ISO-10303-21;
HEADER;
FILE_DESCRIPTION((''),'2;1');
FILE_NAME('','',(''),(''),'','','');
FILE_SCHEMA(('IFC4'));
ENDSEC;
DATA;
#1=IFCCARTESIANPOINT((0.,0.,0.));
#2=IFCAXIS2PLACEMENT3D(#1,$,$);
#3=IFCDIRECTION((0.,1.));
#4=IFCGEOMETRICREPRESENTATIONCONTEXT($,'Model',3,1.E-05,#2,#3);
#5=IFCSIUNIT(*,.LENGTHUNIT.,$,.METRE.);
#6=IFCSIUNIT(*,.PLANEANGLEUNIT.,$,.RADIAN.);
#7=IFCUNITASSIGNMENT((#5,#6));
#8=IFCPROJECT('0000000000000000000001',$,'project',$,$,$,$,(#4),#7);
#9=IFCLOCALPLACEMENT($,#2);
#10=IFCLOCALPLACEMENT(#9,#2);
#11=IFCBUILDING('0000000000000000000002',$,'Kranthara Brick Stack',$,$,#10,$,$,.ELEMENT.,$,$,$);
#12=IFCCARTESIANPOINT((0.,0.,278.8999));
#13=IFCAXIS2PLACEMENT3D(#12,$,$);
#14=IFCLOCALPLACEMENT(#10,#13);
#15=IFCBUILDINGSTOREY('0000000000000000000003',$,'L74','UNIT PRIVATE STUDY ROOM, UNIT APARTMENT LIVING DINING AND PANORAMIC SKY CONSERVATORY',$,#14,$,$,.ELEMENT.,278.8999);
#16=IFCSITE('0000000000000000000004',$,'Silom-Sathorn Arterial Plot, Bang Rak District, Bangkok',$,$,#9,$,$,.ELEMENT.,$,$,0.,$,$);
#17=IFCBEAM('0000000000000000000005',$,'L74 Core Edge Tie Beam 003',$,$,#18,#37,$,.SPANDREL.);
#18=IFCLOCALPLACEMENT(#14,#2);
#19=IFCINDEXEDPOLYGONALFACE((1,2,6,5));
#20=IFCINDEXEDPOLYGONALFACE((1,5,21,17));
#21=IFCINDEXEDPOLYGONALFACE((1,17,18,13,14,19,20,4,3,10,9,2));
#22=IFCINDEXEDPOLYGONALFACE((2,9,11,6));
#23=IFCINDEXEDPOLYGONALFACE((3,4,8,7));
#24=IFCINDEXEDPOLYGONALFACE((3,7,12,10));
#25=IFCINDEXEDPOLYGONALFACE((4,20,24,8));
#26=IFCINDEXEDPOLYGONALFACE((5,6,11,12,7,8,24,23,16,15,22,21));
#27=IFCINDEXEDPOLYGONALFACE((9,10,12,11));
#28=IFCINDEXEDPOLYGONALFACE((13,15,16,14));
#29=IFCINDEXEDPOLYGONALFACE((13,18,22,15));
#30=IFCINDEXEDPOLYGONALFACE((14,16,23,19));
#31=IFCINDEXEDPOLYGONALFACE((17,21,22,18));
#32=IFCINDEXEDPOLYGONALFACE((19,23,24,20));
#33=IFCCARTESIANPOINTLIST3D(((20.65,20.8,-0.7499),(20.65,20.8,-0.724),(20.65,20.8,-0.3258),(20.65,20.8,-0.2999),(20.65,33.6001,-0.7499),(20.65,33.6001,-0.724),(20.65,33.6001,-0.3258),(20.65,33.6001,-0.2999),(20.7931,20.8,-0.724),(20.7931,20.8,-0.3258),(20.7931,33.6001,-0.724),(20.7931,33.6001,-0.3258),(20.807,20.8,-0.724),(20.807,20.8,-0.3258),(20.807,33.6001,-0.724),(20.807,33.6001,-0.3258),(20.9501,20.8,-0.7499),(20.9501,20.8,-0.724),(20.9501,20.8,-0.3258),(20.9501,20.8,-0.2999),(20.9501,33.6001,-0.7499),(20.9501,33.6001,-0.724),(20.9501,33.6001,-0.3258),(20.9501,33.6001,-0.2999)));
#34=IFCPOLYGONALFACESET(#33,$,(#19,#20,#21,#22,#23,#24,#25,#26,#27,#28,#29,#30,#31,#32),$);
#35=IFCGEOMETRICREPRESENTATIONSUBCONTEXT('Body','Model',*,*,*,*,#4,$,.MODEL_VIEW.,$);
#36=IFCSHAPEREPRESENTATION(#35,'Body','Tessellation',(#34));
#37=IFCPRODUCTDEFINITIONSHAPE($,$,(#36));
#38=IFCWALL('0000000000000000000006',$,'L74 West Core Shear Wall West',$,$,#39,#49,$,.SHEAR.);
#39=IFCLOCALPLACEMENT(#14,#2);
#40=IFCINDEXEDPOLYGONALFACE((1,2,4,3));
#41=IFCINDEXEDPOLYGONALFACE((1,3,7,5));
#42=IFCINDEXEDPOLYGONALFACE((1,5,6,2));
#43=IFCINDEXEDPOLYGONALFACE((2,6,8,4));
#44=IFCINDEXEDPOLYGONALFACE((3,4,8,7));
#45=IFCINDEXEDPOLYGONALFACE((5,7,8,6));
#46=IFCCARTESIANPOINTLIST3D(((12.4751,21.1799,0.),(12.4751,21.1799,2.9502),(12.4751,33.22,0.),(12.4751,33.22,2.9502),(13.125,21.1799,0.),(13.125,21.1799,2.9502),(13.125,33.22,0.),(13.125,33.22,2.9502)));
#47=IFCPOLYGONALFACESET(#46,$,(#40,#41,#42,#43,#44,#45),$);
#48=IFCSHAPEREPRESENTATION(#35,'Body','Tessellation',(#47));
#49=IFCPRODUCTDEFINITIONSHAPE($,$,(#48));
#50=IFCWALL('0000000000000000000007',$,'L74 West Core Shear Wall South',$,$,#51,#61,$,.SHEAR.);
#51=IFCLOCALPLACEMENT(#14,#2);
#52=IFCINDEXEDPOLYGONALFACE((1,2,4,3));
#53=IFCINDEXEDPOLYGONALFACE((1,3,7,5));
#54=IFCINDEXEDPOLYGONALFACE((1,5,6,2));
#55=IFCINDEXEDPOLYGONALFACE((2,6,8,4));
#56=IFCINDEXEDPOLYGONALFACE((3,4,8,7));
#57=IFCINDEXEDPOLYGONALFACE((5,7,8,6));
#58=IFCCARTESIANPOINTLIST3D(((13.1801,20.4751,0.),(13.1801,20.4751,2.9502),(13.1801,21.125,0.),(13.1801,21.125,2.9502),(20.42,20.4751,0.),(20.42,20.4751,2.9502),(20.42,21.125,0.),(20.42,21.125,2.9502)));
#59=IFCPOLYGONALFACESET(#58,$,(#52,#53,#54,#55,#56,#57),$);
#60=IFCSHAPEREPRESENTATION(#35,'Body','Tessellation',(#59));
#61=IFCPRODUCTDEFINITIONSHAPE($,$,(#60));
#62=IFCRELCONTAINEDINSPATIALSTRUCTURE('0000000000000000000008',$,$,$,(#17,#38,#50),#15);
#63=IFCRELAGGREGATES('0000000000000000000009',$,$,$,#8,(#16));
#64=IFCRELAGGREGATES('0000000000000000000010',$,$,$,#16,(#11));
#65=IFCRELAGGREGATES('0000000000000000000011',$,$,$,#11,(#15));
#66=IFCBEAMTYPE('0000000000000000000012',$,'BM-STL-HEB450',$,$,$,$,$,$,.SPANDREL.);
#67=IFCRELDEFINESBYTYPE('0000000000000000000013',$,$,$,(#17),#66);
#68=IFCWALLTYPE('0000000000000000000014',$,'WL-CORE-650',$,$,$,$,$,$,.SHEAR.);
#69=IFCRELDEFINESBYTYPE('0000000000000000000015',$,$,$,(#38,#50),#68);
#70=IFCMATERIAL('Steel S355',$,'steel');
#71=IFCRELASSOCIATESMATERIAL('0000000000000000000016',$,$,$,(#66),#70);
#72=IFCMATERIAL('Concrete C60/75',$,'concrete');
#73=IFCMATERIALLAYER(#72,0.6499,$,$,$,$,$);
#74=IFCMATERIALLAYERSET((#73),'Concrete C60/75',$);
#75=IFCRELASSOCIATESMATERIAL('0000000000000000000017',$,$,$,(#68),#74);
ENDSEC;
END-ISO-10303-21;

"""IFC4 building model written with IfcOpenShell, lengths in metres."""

from ifc_helpers import new_model, si_unit, direction, frame, frame_2d, origin, origin_2d, place, context, subcontext, project, spatial, rectangle, i_section, extrude, material, layer, layer_set, material_profile, profile_set, type_object, element, save


model = new_model("IFC4")

# Units and contexts
model_context = context("Model", 3, precision=1e-05, world=origin(), true_north=direction((0.0, 1.0)))
body_context = subcontext(model_context, "Body", "Model", "MODEL_VIEW")
ifc_project = project(units=[si_unit("LENGTHUNIT", "METRE"), si_unit("PLANEANGLEUNIT", "RADIAN")], contexts=[model_context])

# Site, building, storey
site_placement = place(None, origin())
site = spatial("IfcSite", under=ifc_project, at=site_placement, Name="Silom-Sathorn Arterial Plot, Bang Rak District, Bangkok", CompositionType="ELEMENT", RefElevation=0.0)
building_placement = place(site_placement, origin())
building = spatial("IfcBuilding", under=site, at=building_placement, Name="Kranthara Brick Stack", CompositionType="ELEMENT")
storey_placement = place(building_placement, frame((0.0, 0.0, 278.8999)))
storey = spatial("IfcBuildingStorey", under=building, at=storey_placement, Name="L74", Description="UNIT PRIVATE STUDY ROOM, UNIT APARTMENT LIVING DINING AND PANORAMIC SKY CONSERVATORY", CompositionType="ELEMENT", Elevation=278.8999)

# Beam
ifc_material_1 = material(Name="Steel S355", Category="steel")
ifc_material_profile_1 = material_profile(ifc_material_1, i_section(OverallWidth=0.3, OverallDepth=0.45, WebThickness=0.0139, FlangeThickness=0.0259, at=origin_2d()), Name="HEB 450")
ifc_profile_set_1 = profile_set([ifc_material_profile_1], Name="Steel S355")
beam_type_1 = type_object("IfcBeamType", Name="BM-STL-HEB450", PredefinedType="SPANDREL", material=ifc_profile_set_1)
beam_1_placement = place(storey_placement, frame((20.8, 20.8, -0.5249), z_axis=(0.0, 1.0, 0.0), x_axis=(-1.0, 0.0, 0.0)))
element("IfcBeam", 1, at=beam_1_placement, inside=storey, type_object=beam_type_1, Name="L74 Core Edge Tie Beam 003", PredefinedType="SPANDREL", context=body_context, shape_type="SweptSolid", body=[
    extrude(i_section(OverallWidth=0.3, OverallDepth=0.45, WebThickness=0.0139, FlangeThickness=0.0259, at=origin_2d()), origin(), (0.0, 0.0, 1.0), 12.8),
])

# Walls
ifc_material_2 = material(Name="Concrete C60/75", Category="concrete")
ifc_layer_1 = layer(ifc_material_2, 0.6499)
ifc_layer_set_1 = layer_set([ifc_layer_1], Name="Concrete C60/75")
wall_type_1 = type_object("IfcWallType", Name="WL-CORE-650", PredefinedType="SHEAR", material=ifc_layer_set_1)
wall_1_placement = place(storey_placement, frame((12.8, 21.1799, 0.0), z_axis=(0.0, 0.0, 1.0), x_axis=(0.0, 1.0, 0.0)))
element("IfcWall", 2, at=wall_1_placement, inside=storey, type_object=wall_type_1, Name="L74 West Core Shear Wall West", PredefinedType="SHEAR", context=body_context, shape_type="SweptSolid", body=[
    extrude(rectangle(XDim=12.04, YDim=0.6499, at=frame_2d((6.02, 0.0))), origin(), (0.0, 0.0, 1.0), 2.9502),
])
wall_2_placement = place(storey_placement, frame((13.1799, 20.8, 0.0), z_axis=(0.0, 0.0, 1.0), x_axis=(1.0, 0.0, 0.0)))
element("IfcWall", 3, at=wall_2_placement, inside=storey, type_object=wall_type_1, Name="L74 West Core Shear Wall South", PredefinedType="SHEAR", context=body_context, shape_type="SweptSolid", body=[
    extrude(rectangle(XDim=7.24, YDim=0.6499, at=frame_2d((3.6201, 0.0))), origin(), (0.0, 0.0, 1.0), 2.9502),
])

save(model, "model.ifc")
